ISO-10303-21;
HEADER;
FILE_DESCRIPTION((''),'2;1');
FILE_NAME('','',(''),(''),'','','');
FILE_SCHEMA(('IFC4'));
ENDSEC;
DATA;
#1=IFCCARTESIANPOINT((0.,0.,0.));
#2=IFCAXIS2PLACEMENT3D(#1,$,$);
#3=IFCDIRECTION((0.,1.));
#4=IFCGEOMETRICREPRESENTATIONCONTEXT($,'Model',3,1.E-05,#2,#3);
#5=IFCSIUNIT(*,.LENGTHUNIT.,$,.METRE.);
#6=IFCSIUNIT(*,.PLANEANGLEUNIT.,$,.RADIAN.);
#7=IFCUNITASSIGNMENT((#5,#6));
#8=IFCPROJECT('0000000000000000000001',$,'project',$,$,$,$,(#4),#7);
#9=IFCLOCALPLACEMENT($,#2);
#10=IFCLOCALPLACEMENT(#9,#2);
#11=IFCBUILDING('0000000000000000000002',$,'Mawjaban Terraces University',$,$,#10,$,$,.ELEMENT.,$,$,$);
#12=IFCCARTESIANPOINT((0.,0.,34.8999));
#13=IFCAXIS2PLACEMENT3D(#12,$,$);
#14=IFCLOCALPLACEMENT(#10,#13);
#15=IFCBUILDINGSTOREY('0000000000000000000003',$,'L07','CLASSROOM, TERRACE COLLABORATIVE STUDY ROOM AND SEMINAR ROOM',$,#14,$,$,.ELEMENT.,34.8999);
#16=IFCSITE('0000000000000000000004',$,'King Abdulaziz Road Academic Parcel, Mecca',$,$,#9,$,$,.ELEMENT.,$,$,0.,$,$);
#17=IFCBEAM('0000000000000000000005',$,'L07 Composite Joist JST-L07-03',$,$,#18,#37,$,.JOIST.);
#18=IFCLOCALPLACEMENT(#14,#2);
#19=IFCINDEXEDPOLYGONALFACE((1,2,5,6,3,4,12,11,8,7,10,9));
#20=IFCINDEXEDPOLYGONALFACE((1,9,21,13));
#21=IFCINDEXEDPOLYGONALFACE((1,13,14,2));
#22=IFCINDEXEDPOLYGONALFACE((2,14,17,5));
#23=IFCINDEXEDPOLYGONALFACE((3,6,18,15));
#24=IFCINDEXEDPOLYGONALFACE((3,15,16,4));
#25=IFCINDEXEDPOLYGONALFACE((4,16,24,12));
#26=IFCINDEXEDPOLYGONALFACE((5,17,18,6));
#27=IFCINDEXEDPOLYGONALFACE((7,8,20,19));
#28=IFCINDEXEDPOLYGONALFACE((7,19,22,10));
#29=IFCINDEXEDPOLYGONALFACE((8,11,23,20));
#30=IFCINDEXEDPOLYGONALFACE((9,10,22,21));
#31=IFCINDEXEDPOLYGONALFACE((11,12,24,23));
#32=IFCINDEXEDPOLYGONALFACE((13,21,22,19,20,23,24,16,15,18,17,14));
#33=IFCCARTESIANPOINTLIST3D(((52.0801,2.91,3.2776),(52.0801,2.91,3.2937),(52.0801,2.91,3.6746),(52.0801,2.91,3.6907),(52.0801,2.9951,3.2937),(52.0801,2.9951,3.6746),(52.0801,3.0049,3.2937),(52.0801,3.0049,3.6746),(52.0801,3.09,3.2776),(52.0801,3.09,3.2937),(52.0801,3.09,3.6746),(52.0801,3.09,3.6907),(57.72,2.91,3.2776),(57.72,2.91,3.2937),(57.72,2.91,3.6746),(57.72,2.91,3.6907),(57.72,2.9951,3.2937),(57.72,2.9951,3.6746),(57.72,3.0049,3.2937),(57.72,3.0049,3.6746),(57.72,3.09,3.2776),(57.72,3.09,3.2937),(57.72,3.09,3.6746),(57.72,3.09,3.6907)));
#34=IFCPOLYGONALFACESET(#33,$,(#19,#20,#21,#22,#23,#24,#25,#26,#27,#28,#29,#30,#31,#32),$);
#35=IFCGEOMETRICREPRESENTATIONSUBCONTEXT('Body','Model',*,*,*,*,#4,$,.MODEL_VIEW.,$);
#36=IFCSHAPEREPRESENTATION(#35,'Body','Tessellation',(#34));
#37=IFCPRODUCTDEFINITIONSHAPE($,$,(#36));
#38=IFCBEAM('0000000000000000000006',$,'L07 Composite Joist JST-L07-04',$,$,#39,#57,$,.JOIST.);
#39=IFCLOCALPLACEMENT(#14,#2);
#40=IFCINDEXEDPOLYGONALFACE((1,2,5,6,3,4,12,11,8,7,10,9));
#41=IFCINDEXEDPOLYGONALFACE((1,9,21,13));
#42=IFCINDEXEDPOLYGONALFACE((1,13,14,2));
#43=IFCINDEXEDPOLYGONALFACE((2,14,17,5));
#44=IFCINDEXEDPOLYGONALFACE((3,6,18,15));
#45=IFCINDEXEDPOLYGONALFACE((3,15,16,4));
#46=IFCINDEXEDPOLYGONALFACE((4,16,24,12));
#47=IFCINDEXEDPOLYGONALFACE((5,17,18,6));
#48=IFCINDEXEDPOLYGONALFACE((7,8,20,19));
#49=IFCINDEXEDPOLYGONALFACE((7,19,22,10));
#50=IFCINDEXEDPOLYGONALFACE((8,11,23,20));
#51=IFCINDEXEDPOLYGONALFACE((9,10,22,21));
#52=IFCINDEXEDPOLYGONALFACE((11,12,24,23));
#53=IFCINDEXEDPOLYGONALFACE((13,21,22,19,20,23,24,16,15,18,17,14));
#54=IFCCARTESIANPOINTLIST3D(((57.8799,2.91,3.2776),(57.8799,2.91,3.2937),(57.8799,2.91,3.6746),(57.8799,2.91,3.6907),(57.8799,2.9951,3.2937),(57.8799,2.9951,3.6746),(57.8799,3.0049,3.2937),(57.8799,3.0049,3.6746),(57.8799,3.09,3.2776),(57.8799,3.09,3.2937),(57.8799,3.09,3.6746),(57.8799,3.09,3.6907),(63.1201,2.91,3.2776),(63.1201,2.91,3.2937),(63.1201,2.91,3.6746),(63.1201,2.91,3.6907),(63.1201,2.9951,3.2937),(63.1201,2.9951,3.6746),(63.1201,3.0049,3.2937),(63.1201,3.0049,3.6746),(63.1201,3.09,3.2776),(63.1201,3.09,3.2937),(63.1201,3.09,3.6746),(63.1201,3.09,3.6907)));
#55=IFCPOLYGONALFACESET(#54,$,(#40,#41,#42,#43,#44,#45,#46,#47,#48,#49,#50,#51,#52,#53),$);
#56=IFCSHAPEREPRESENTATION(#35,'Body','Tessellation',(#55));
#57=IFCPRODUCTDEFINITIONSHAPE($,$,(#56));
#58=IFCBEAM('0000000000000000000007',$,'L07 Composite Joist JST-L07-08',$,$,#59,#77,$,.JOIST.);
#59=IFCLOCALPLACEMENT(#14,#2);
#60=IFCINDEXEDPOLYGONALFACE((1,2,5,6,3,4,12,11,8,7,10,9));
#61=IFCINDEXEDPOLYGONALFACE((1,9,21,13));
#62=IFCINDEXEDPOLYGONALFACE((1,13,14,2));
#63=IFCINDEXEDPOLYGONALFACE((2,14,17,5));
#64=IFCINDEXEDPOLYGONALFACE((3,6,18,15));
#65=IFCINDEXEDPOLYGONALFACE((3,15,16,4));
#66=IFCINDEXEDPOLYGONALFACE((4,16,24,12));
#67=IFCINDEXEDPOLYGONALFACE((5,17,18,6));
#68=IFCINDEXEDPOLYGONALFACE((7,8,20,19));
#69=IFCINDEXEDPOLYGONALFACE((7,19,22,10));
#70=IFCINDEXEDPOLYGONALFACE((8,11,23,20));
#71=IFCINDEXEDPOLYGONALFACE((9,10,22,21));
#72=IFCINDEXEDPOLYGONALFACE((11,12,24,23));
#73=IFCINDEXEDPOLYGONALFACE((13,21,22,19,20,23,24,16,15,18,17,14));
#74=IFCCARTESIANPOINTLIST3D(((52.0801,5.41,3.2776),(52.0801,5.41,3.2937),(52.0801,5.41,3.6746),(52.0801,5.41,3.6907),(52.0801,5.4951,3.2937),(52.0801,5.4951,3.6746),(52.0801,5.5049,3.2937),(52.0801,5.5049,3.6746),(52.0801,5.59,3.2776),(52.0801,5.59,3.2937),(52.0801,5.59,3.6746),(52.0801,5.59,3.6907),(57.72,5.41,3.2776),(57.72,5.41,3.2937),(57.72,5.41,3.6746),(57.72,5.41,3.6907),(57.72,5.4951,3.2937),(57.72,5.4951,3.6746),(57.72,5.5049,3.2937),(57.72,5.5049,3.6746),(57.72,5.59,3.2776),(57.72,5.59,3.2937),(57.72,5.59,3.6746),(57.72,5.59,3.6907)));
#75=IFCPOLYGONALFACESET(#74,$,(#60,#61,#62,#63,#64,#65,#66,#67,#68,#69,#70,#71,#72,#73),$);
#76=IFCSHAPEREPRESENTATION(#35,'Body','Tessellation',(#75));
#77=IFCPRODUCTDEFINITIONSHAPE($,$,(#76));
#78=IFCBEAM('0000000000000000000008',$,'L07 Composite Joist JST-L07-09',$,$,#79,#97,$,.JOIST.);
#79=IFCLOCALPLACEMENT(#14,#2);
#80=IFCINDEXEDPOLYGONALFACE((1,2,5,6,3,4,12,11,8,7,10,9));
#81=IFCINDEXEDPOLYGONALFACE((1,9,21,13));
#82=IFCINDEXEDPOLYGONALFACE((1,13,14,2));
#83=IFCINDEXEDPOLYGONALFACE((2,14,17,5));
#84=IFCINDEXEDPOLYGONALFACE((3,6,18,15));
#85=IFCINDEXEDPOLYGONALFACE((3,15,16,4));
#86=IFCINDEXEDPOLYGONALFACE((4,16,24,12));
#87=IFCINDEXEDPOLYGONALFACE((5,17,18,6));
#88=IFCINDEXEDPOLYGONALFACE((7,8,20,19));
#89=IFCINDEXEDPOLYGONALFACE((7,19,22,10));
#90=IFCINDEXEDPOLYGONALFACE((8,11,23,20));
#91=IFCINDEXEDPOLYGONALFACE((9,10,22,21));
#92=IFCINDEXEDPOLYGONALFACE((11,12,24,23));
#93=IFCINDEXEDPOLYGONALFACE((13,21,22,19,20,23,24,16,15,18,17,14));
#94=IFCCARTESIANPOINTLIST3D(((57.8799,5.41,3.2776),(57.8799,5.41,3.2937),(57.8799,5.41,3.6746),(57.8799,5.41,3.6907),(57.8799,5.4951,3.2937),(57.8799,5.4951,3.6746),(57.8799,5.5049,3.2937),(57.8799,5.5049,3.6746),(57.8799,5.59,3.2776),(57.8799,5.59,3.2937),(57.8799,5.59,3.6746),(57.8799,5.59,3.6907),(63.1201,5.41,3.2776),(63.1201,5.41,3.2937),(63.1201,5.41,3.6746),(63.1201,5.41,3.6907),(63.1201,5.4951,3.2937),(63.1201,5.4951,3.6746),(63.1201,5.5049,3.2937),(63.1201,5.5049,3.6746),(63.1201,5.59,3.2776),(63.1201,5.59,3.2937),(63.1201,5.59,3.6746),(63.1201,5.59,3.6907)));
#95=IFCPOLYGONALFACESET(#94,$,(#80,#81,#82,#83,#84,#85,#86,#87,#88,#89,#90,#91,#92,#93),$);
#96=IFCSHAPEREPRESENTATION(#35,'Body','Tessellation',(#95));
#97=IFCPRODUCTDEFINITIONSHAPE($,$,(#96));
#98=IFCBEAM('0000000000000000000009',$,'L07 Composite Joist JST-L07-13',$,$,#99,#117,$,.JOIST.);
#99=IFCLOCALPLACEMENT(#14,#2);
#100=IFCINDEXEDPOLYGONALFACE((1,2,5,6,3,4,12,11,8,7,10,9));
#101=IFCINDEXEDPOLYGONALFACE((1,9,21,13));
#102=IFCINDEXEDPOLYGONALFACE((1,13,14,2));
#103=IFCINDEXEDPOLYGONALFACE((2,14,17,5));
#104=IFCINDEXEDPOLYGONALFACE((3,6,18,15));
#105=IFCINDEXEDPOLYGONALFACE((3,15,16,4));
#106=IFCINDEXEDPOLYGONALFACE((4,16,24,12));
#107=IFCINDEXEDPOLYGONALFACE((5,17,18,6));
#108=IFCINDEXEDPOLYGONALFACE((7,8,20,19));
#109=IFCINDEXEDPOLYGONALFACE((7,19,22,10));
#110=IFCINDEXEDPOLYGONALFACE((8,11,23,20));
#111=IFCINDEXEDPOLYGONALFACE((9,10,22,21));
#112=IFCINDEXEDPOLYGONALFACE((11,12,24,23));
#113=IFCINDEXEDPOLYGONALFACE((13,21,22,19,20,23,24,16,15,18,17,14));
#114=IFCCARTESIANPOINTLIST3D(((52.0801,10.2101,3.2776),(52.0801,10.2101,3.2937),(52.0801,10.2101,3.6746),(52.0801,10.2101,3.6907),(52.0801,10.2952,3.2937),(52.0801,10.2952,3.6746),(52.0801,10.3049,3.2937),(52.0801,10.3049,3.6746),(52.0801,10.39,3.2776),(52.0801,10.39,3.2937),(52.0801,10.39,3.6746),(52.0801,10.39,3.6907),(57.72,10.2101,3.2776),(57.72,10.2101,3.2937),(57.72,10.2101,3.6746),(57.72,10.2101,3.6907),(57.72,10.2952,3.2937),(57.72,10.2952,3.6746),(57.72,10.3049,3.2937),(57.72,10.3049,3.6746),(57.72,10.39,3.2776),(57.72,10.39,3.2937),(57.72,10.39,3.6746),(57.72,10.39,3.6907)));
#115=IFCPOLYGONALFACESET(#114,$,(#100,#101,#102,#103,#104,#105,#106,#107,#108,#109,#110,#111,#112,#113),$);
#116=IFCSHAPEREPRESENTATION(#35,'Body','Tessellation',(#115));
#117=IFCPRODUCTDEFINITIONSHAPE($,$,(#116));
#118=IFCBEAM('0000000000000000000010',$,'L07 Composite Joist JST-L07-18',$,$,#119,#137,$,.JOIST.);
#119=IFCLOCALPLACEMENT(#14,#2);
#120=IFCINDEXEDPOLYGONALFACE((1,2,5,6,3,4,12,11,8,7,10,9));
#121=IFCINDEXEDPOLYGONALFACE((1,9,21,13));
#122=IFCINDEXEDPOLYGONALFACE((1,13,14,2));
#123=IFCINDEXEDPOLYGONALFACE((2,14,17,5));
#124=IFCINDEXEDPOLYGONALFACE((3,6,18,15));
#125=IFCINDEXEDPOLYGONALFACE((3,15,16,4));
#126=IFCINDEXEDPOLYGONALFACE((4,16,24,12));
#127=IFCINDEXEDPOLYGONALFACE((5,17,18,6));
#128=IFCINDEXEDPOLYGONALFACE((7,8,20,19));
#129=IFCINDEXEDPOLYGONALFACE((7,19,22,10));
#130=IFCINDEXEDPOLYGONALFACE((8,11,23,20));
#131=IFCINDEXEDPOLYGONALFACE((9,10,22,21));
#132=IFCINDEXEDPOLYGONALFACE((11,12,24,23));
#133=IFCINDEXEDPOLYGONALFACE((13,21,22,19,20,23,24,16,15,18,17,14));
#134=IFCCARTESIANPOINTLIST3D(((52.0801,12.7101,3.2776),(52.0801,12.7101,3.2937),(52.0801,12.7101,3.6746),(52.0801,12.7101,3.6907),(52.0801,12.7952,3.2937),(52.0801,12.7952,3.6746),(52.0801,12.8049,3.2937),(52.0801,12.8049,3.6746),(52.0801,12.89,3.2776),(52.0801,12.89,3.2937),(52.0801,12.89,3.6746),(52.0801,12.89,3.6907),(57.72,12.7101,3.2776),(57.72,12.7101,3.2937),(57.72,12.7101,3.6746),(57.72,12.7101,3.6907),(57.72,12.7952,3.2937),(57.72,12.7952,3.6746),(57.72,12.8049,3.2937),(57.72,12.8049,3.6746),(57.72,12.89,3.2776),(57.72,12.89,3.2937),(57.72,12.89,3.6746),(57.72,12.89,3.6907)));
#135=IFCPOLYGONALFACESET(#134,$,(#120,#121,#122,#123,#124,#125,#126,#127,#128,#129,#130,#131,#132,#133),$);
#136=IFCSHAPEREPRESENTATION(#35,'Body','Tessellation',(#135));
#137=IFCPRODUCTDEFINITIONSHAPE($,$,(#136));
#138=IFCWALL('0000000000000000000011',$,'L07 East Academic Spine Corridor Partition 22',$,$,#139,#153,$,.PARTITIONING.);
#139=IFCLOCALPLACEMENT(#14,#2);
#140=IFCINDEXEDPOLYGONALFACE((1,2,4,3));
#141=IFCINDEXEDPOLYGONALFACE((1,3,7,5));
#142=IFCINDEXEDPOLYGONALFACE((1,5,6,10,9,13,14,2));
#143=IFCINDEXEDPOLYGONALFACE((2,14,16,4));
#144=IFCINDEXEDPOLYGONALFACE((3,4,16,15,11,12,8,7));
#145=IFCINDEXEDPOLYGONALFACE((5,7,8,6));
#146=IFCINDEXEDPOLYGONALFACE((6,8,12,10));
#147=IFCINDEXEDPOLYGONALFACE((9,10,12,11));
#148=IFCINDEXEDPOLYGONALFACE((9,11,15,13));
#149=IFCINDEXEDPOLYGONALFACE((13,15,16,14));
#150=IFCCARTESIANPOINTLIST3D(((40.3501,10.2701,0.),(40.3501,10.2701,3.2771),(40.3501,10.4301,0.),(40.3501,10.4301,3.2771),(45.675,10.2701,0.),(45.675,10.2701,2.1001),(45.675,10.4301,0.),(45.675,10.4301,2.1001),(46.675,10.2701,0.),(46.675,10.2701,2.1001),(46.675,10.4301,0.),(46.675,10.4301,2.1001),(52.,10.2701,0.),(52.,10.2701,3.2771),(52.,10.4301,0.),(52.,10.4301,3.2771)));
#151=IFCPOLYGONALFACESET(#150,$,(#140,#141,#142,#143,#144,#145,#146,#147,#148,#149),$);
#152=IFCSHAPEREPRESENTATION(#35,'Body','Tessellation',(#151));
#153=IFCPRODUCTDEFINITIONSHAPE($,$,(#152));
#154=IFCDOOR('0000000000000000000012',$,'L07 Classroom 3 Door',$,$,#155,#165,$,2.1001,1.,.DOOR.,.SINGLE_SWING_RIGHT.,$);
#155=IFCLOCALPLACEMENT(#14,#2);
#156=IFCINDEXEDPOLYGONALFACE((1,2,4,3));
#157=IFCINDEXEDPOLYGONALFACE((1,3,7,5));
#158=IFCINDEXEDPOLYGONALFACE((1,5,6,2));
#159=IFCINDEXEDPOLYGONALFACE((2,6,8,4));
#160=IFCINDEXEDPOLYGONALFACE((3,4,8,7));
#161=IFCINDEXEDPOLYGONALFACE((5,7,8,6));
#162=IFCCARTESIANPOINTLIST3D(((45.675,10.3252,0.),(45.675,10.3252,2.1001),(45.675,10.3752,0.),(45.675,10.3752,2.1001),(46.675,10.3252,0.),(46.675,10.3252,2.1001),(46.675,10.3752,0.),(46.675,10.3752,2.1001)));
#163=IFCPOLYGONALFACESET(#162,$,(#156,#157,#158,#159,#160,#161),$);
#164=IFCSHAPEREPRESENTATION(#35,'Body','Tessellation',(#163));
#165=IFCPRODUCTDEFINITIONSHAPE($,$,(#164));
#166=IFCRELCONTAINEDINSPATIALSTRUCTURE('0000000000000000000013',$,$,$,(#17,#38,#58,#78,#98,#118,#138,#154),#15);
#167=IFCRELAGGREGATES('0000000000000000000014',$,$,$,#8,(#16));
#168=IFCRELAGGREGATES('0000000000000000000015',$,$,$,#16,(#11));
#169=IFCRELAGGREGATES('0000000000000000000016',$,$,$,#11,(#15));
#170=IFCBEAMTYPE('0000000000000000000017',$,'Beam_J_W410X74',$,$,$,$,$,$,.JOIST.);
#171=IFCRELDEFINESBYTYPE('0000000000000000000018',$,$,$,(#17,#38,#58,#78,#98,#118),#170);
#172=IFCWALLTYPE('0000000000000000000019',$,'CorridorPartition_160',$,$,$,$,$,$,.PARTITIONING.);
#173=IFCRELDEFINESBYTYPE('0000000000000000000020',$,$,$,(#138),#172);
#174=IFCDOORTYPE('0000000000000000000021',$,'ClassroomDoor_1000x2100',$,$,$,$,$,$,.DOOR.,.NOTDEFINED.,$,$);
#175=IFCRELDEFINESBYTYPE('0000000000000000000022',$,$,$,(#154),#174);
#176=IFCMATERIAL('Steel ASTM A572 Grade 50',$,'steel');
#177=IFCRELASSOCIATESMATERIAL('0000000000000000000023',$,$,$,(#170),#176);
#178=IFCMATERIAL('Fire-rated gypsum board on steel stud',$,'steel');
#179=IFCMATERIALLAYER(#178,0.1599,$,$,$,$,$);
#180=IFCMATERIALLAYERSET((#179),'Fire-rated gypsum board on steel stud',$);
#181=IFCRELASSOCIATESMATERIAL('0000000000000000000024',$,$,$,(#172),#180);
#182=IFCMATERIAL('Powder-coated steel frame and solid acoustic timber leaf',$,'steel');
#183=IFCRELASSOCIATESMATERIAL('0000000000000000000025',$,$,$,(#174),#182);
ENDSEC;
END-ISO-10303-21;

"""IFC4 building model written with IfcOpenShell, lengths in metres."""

from ifc_helpers import new_model, si_unit, direction, frame, frame_2d, origin, origin_2d, place, context, subcontext, project, spatial, rectangle, i_section, extrude, material, layer, layer_set, material_profile, profile_set, type_object, element, fill, save


model = new_model("IFC4")

# Units and contexts
model_context = context("Model", 3, precision=1e-05, world=origin(), true_north=direction((0.0, 1.0)))
body_context = subcontext(model_context, "Body", "Model", "MODEL_VIEW")
ifc_project = project(units=[si_unit("LENGTHUNIT", "METRE"), si_unit("PLANEANGLEUNIT", "RADIAN")], contexts=[model_context])

# Site, building, storey
site_placement = place(None, origin())
site = spatial("IfcSite", under=ifc_project, at=site_placement, Name="King Abdulaziz Road Academic Parcel, Mecca", CompositionType="ELEMENT", RefElevation=0.0)
building_placement = place(site_placement, origin())
building = spatial("IfcBuilding", under=site, at=building_placement, Name="Mawjaban Terraces University", CompositionType="ELEMENT")
storey_placement = place(building_placement, frame((0.0, 0.0, 34.8999)))
storey = spatial("IfcBuildingStorey", under=building, at=storey_placement, Name="L07", Description="CLASSROOM, TERRACE COLLABORATIVE STUDY ROOM AND SEMINAR ROOM", CompositionType="ELEMENT", Elevation=34.8999)

# Beams
ifc_material_1 = material(Name="Steel ASTM A572 Grade 50", Category="steel")
ifc_material_profile_1 = material_profile(ifc_material_1, i_section(OverallWidth=0.1799, OverallDepth=0.4131, WebThickness=0.0098, FlangeThickness=0.0161, at=origin_2d()), Name="W410X74")
ifc_profile_set_1 = profile_set([ifc_material_profile_1], Name="Steel ASTM A572 Grade 50")
beam_type_1 = type_object("IfcBeamType", Name="Beam_J_W410X74", PredefinedType="JOIST", material=ifc_profile_set_1)
beam_1_placement = place(storey_placement, frame((52.0801, 3.0, 3.4841), z_axis=(1.0, 0.0, 0.0), x_axis=(0.0, 1.0, 0.0)))
element("IfcBeam", 1, at=beam_1_placement, inside=storey, type_object=beam_type_1, Name="L07 Composite Joist JST-L07-03", PredefinedType="JOIST", context=body_context, shape_type="SweptSolid", body=[
    extrude(i_section(OverallWidth=0.1799, OverallDepth=0.4131, WebThickness=0.0098, FlangeThickness=0.0161, at=origin_2d()), origin(), (0.0, 0.0, 1.0), 5.6399),
])
beam_2_placement = place(storey_placement, frame((57.8799, 3.0, 3.4841), z_axis=(1.0, 0.0, 0.0), x_axis=(0.0, 1.0, 0.0)))
element("IfcBeam", 2, at=beam_2_placement, inside=storey, type_object=beam_type_1, Name="L07 Composite Joist JST-L07-04", PredefinedType="JOIST", context=body_context, shape_type="SweptSolid", body=[
    extrude(i_section(OverallWidth=0.1799, OverallDepth=0.4131, WebThickness=0.0098, FlangeThickness=0.0161, at=origin_2d()), origin(), (0.0, 0.0, 1.0), 5.2402),
])
beam_3_placement = place(storey_placement, frame((52.0801, 5.5, 3.4841), z_axis=(1.0, 0.0, 0.0), x_axis=(0.0, 1.0, 0.0)))
element("IfcBeam", 3, at=beam_3_placement, inside=storey, type_object=beam_type_1, Name="L07 Composite Joist JST-L07-08", PredefinedType="JOIST", context=body_context, shape_type="SweptSolid", body=[
    extrude(i_section(OverallWidth=0.1799, OverallDepth=0.4131, WebThickness=0.0098, FlangeThickness=0.0161, at=origin_2d()), origin(), (0.0, 0.0, 1.0), 5.6399),
])
beam_4_placement = place(storey_placement, frame((57.8799, 5.5, 3.4841), z_axis=(1.0, 0.0, 0.0), x_axis=(0.0, 1.0, 0.0)))
element("IfcBeam", 4, at=beam_4_placement, inside=storey, type_object=beam_type_1, Name="L07 Composite Joist JST-L07-09", PredefinedType="JOIST", context=body_context, shape_type="SweptSolid", body=[
    extrude(i_section(OverallWidth=0.1799, OverallDepth=0.4131, WebThickness=0.0098, FlangeThickness=0.0161, at=origin_2d()), origin(), (0.0, 0.0, 1.0), 5.2402),
])
for number, where, z_axis, x_axis, name in (
    (5, (52.0801, 10.3, 3.4841), (1.0, 0.0, 0.0), (0.0, 1.0, 0.0), "L07 Composite Joist JST-L07-13"),
    (6, (52.0801, 12.8, 3.4841), (1.0, 0.0, 0.0), (0.0, 1.0, 0.0), "L07 Composite Joist JST-L07-18"),
):
    element("IfcBeam", number, at=place(storey_placement, frame(where, z_axis=z_axis, x_axis=x_axis)), inside=storey, type_object=beam_type_1, Name=name, PredefinedType="JOIST", context=body_context, shape_type="SweptSolid", body=[
        extrude(i_section(OverallWidth=0.1799, OverallDepth=0.4131, WebThickness=0.0098, FlangeThickness=0.0161, at=origin_2d()), origin(), (0.0, 0.0, 1.0), 5.6399),
    ])

# Wall, opening, door
ifc_material_2 = material(Name="Fire-rated gypsum board on steel stud", Category="steel")
ifc_layer_1 = layer(ifc_material_2, 0.1599)
ifc_layer_set_1 = layer_set([ifc_layer_1], Name="Fire-rated gypsum board on steel stud")
wall_type_1 = type_object("IfcWallType", Name="CorridorPartition_160", PredefinedType="PARTITIONING", material=ifc_layer_set_1)
wall_1_placement = place(storey_placement, frame((52.0, 10.3501, 0.0), z_axis=(0.0, 0.0, 1.0), x_axis=(-1.0, 0.0, 0.0)))
wall_1 = element("IfcWall", 7, at=wall_1_placement, inside=storey, type_object=wall_type_1, Name="L07 East Academic Spine Corridor Partition 22", PredefinedType="PARTITIONING", context=body_context, shape_type="SweptSolid", body=[
    extrude(rectangle(XDim=11.6499, YDim=0.1599, at=frame_2d((5.825, 0.0))), origin(), (0.0, 0.0, 1.0), 3.2771),
])
opening_1_placement = place(wall_1_placement, frame((5.325, 0.0, 0.0)))
opening_1 = element("IfcOpeningElement", 8, at=opening_1_placement, cuts=wall_1, PredefinedType="OPENING", context=body_context, shape_type="SweptSolid", body=[
    extrude(rectangle(XDim=1.0, YDim=2.1001, at=frame_2d((0.5, 1.05))), frame((0.0, 0.0898, 0.0), z_axis=(0.0, -1.0, 0.0), x_axis=(1.0, 0.0, 0.0)), (0.0, 0.0, 1.0), 0.1799),
])
ifc_material_3 = material(Name="Powder-coated steel frame and solid acoustic timber leaf", Category="steel")
door_type_1 = type_object("IfcDoorType", Name="ClassroomDoor_1000x2100", OperationType="NOTDEFINED", PredefinedType="DOOR", material=ifc_material_3)
door_1_placement = place(opening_1_placement, origin())
door_1 = element("IfcDoor", 9, at=door_1_placement, inside=storey, type_object=door_type_1, Name="L07 Classroom 3 Door", OperationType="SINGLE_SWING_RIGHT", OverallHeight=2.1001, OverallWidth=1.0, PredefinedType="DOOR", context=body_context, shape_type="SweptSolid", body=[
    extrude(rectangle(XDim=1.0, YDim=2.1001, at=frame_2d((0.5, 1.05))), frame((0.0, 0.0249, 0.0), z_axis=(0.0, -1.0, 0.0), x_axis=(1.0, 0.0, 0.0)), (0.0, 0.0, 1.0), 0.05),
])
fill(opening_1, door_1)

save(model, "model.ifc")
